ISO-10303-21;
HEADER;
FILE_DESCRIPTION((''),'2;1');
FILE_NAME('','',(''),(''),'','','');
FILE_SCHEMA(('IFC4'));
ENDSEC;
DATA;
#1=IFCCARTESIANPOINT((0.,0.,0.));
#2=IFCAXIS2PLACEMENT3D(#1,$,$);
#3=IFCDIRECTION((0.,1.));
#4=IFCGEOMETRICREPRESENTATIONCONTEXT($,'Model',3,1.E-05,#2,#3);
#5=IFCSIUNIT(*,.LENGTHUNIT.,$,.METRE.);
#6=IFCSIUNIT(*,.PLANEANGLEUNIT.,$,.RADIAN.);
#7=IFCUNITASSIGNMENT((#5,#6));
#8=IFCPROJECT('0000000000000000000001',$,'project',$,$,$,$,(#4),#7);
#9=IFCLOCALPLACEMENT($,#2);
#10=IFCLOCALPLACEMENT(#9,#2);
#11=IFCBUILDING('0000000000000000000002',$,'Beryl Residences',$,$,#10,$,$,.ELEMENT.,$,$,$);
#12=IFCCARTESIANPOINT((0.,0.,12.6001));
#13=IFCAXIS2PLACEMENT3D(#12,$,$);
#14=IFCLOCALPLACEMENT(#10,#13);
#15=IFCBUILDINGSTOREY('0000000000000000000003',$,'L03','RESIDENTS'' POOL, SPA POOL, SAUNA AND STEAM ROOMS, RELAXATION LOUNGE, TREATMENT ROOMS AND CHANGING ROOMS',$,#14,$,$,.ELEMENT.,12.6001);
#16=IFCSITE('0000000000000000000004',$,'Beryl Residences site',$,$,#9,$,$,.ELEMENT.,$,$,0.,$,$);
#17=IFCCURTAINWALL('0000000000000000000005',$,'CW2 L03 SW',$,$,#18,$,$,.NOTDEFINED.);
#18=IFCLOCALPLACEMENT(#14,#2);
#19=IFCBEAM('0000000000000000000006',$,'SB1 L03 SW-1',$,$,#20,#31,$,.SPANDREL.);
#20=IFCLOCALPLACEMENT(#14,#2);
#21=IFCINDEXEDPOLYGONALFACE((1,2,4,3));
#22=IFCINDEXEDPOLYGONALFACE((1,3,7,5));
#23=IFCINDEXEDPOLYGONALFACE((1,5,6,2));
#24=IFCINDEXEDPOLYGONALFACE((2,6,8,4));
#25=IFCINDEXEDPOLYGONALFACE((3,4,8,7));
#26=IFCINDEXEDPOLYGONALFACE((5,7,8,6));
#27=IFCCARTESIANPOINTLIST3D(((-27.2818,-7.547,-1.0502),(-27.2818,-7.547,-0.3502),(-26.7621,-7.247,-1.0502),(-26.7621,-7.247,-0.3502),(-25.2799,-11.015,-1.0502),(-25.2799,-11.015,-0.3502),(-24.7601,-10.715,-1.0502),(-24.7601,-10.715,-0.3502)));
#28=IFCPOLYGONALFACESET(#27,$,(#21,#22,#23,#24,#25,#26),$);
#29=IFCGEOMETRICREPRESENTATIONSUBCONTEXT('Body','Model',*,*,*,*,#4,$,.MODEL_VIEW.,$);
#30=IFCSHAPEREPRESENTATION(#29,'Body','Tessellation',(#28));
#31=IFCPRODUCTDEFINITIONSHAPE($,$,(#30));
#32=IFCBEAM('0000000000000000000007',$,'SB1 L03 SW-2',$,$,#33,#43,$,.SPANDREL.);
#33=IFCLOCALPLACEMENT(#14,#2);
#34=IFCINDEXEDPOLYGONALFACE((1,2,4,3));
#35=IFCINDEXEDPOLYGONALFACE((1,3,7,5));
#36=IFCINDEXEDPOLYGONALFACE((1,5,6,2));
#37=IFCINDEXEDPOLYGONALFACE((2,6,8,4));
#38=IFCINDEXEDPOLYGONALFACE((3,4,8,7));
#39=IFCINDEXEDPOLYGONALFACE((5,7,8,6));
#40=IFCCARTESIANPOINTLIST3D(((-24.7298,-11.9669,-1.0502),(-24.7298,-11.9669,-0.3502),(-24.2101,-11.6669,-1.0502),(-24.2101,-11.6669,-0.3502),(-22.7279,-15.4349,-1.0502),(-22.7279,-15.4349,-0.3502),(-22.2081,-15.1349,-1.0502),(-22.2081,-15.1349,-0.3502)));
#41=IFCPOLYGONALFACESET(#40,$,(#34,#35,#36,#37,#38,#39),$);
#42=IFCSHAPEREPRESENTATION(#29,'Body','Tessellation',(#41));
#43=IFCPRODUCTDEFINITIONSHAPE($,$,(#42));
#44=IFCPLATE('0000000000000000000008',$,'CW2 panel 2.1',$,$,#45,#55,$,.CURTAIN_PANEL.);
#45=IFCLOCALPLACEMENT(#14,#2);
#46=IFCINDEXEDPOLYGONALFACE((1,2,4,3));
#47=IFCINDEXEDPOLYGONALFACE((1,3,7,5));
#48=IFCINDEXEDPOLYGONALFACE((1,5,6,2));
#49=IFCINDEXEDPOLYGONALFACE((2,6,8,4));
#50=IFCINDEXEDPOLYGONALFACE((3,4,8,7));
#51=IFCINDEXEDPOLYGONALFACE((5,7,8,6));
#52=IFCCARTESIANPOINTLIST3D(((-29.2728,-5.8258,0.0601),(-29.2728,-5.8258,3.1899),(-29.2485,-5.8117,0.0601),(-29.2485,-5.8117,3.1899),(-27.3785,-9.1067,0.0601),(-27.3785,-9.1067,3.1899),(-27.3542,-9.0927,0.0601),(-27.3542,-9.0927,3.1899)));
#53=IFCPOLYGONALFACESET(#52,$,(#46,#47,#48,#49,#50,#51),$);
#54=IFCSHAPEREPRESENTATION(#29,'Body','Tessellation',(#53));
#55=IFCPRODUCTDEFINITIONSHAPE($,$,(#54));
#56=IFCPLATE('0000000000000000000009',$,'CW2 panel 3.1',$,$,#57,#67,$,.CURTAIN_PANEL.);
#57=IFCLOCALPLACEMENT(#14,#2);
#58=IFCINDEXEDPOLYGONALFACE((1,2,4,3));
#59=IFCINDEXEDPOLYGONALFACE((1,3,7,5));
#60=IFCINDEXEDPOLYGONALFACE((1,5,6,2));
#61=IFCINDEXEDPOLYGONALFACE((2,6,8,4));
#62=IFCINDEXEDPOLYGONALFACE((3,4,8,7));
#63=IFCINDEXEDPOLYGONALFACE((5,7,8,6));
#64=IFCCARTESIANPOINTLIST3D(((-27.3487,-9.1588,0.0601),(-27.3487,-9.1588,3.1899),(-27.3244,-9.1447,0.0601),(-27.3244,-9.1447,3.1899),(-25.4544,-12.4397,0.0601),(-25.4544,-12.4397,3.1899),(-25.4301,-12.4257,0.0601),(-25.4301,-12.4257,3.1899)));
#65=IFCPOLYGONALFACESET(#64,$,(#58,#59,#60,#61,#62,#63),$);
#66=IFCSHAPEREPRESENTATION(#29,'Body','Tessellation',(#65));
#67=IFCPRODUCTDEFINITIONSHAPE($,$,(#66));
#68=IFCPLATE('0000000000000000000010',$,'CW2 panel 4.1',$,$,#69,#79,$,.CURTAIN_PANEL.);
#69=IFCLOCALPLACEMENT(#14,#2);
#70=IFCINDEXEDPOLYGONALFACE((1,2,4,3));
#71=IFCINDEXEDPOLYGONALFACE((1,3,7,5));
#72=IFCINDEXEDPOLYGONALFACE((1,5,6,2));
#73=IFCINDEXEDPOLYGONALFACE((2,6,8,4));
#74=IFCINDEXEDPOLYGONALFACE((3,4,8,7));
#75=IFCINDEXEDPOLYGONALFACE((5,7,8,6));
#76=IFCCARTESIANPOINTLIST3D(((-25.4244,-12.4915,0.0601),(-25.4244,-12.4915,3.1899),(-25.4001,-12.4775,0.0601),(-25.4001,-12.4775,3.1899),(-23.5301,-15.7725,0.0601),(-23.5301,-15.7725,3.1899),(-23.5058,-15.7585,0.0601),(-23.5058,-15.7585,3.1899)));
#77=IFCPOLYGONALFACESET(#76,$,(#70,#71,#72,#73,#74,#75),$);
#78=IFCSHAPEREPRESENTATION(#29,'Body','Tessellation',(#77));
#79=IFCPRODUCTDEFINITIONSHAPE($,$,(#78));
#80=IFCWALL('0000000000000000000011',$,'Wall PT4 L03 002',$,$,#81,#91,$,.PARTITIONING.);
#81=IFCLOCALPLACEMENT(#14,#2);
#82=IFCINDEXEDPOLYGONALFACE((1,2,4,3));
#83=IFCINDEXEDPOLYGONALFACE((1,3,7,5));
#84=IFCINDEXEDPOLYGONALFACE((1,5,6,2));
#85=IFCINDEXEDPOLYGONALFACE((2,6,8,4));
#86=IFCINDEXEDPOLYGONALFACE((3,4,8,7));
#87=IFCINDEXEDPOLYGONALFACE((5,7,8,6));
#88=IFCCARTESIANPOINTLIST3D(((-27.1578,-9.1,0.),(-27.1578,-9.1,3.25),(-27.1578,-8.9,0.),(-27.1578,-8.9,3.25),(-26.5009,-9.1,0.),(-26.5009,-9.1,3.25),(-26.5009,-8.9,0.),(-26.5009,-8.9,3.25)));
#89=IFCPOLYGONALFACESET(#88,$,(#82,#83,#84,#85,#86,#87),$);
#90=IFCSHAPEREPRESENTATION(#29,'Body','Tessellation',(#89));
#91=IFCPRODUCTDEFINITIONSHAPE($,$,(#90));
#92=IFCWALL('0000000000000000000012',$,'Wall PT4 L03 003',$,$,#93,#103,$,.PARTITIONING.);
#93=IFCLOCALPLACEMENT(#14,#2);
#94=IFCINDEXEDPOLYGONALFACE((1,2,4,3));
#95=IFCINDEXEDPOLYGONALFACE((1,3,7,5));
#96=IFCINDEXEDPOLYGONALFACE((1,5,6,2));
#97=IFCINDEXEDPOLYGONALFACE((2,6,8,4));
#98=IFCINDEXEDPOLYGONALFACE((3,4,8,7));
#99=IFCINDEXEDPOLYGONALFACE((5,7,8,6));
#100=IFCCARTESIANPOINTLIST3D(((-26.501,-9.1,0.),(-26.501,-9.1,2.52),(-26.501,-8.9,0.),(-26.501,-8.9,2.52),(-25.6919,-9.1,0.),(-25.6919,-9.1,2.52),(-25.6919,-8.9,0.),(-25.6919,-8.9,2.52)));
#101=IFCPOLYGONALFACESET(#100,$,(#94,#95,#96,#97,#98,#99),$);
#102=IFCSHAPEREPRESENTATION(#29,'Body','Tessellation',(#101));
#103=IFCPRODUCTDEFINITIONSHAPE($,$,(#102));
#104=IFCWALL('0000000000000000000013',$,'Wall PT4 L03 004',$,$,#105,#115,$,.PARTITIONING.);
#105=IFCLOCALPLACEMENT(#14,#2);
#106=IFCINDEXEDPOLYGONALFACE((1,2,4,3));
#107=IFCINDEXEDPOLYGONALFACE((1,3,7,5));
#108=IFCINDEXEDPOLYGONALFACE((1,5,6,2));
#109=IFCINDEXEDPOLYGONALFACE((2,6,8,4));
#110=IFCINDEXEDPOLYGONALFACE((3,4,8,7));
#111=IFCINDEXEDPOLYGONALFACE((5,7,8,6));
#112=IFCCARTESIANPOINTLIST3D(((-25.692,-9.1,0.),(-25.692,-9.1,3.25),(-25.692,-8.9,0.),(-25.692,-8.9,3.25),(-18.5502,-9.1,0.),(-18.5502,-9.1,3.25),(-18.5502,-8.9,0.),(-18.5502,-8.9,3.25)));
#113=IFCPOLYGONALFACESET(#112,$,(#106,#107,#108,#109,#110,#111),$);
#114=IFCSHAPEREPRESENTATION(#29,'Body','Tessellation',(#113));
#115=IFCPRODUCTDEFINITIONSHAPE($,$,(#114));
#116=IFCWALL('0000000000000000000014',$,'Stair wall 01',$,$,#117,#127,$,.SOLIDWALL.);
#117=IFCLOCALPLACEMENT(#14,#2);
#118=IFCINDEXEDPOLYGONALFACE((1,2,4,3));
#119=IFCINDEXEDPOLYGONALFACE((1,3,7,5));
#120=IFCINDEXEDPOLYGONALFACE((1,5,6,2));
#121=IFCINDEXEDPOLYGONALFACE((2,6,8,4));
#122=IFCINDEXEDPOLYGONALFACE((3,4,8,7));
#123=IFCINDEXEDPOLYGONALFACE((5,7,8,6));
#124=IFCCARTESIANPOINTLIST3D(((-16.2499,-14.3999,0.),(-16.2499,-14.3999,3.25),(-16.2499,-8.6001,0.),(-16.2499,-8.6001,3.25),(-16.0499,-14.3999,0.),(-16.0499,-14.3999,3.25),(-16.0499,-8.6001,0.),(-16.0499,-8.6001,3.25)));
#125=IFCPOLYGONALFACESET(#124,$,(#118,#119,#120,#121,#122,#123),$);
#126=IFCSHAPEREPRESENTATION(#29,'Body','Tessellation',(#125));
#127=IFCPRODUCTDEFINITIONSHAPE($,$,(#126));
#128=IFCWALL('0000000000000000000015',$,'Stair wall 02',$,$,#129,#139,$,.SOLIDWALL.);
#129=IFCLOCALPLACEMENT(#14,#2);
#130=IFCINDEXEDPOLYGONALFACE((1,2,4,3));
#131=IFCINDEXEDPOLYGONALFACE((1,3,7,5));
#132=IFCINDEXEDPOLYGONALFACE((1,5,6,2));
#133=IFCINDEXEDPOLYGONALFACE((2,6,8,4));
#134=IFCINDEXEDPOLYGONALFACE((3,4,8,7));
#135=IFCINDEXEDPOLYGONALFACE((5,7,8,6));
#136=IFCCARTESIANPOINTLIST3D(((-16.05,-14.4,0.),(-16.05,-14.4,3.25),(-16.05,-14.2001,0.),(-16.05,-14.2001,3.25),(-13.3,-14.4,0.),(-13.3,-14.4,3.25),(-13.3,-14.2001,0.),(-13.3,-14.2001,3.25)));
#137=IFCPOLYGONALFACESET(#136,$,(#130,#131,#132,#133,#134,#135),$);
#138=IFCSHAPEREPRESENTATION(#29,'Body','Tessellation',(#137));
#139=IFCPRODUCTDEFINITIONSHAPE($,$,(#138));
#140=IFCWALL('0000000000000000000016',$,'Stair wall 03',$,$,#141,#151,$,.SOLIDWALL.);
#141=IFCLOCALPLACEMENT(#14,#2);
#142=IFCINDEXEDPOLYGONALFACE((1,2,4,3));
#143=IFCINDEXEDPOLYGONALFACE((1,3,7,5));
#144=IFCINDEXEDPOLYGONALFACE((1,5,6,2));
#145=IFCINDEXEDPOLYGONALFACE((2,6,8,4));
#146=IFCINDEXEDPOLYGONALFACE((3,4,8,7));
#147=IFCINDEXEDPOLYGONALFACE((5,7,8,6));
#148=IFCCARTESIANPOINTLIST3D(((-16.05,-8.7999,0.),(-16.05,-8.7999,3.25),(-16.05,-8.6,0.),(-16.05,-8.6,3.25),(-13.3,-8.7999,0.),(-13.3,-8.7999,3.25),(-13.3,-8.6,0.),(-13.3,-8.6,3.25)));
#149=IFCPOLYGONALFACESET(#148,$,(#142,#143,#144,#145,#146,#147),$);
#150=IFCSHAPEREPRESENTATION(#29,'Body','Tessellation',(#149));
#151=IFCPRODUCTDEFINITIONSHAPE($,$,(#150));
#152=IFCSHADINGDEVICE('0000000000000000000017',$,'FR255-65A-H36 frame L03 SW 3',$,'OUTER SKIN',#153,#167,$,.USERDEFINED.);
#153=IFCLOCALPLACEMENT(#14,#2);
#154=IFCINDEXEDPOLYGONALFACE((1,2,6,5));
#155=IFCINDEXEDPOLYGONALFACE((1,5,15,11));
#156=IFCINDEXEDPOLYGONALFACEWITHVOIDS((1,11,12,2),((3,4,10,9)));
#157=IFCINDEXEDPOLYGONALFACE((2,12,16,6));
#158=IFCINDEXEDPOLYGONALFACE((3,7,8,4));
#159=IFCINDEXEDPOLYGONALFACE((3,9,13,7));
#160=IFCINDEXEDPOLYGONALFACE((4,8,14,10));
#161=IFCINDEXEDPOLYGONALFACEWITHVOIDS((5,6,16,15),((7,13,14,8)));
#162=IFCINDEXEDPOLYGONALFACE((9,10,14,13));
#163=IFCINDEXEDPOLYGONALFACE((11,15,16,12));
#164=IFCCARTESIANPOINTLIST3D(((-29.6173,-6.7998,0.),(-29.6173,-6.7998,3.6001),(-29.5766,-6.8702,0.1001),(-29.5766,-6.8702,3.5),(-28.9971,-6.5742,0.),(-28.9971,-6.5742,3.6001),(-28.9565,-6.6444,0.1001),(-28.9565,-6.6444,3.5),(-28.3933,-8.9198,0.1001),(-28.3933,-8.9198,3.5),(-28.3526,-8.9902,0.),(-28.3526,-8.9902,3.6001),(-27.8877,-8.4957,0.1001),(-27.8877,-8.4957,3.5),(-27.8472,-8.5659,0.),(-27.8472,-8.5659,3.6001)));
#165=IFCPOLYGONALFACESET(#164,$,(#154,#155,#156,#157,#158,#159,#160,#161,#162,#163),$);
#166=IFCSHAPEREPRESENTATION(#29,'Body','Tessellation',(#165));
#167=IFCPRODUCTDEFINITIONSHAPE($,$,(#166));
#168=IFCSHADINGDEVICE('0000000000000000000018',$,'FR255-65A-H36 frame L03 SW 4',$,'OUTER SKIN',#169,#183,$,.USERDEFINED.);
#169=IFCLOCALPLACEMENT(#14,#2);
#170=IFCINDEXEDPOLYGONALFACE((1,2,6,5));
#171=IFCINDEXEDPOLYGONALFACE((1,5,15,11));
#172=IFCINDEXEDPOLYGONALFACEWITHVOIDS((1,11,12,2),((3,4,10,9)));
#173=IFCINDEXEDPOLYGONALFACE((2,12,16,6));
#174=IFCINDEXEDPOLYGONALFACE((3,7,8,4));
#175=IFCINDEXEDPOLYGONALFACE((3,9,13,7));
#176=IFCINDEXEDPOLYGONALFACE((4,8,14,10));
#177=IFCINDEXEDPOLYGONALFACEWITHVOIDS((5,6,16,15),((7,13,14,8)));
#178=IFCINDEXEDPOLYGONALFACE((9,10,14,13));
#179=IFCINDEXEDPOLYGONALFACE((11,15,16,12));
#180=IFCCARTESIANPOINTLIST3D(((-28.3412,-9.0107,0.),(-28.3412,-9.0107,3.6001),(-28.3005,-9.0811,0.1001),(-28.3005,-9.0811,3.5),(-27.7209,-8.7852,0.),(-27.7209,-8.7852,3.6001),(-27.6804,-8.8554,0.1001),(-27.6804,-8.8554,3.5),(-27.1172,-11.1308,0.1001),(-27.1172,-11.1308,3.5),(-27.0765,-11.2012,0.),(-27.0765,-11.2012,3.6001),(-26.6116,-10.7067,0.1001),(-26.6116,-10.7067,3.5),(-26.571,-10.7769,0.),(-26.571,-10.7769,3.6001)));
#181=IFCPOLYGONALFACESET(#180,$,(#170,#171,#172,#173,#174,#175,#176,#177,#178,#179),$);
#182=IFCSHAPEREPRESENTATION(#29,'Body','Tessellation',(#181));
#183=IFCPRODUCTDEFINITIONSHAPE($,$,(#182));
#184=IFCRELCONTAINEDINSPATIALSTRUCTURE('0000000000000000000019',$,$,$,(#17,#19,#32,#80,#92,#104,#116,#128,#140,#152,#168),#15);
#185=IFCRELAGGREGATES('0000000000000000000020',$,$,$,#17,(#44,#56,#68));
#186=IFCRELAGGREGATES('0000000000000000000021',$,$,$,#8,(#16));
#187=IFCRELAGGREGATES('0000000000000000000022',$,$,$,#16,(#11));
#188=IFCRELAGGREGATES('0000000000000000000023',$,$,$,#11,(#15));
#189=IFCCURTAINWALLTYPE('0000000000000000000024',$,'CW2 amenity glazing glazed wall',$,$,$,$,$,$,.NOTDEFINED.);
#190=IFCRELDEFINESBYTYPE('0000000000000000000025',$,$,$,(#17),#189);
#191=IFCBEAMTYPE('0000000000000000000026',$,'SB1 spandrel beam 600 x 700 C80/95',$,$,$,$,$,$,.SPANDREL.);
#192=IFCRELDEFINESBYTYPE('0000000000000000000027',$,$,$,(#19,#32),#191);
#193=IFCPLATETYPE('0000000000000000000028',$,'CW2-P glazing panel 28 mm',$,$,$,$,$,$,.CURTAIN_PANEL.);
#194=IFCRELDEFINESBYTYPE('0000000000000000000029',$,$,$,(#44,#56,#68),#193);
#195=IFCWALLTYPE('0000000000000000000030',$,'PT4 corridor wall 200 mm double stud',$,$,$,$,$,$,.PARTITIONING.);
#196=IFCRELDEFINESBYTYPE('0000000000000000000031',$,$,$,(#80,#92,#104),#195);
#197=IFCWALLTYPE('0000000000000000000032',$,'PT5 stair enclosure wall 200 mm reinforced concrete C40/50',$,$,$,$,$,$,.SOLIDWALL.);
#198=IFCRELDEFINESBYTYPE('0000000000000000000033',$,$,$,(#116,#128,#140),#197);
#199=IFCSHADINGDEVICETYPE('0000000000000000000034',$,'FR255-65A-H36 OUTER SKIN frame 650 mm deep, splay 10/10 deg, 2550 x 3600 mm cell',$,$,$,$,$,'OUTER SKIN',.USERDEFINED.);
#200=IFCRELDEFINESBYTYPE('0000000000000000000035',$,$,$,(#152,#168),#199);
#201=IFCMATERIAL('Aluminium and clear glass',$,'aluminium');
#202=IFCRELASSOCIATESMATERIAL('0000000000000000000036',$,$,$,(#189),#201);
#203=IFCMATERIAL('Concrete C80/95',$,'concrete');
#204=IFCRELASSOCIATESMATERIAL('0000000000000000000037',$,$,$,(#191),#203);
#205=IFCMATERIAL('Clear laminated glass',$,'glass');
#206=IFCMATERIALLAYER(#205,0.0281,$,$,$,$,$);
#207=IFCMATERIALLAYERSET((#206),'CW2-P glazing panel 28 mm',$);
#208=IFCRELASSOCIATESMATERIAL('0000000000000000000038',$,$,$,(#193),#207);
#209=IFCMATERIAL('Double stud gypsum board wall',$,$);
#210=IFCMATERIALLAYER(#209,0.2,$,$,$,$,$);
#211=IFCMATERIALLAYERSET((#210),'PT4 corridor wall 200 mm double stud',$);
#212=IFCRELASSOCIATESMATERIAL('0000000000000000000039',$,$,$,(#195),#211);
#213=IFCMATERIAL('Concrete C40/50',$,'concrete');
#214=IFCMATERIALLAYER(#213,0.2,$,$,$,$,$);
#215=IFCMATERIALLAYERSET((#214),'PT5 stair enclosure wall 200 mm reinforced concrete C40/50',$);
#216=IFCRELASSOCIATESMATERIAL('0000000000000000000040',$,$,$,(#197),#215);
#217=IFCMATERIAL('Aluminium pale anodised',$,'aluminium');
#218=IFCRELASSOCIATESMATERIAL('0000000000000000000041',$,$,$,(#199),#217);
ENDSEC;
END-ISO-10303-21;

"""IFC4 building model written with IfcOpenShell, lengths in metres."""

from ifc_helpers import new_model, entity, si_unit, direction, frame, frame_2d, origin, origin_2d, place, context, subcontext, project, spatial, rectangle, extrude, source, transform, mapped, material, layer, layer_set, material_profile, profile_set, type_object, type_shapes, element, aggregate, save


model = new_model("IFC4")

# Units and contexts
model_context = context("Model", 3, precision=1e-05, world=origin(), true_north=direction((0.0, 1.0)))
body_context = subcontext(model_context, "Body", "Model", "MODEL_VIEW")
ifc_project = project(units=[si_unit("LENGTHUNIT", "METRE"), si_unit("PLANEANGLEUNIT", "RADIAN")], contexts=[model_context])

# Site, building, storey
site_placement = place(None, origin())
site = spatial("IfcSite", under=ifc_project, at=site_placement, Name="Beryl Residences site", CompositionType="ELEMENT", RefElevation=0.0)
building_placement = place(site_placement, origin())
building = spatial("IfcBuilding", under=site, at=building_placement, Name="Beryl Residences", CompositionType="ELEMENT")
storey_placement = place(building_placement, frame((0.0, 0.0, 12.6001)))
storey = spatial("IfcBuildingStorey", under=building, at=storey_placement, Name="L03", Description="RESIDENTS' POOL, SPA POOL, SAUNA AND STEAM ROOMS, RELAXATION LOUNGE, TREATMENT ROOMS AND CHANGING ROOMS", CompositionType="ELEMENT", Elevation=12.6001)

# Curtain wall
ifc_material_1 = material(Name="Aluminium and clear glass", Category="aluminium")
curtain_wall_type = type_object("IfcCurtainWallType", Name="CW2 amenity glazing glazed wall", PredefinedType="NOTDEFINED", material=ifc_material_1)
curtain_wall_placement = place(storey_placement, origin())
curtain_wall = element("IfcCurtainWall", 1, at=curtain_wall_placement, inside=storey, type_object=curtain_wall_type, Name="CW2 L03 SW", PredefinedType="NOTDEFINED")

# Beams
ifc_material_2 = material(Name="Concrete C80/95", Category="concrete")
ifc_material_profile_1 = material_profile(ifc_material_2, rectangle(XDim=0.6001, YDim=0.7, at=origin_2d()))
ifc_profile_set_1 = profile_set([ifc_material_profile_1], Name="Concrete C80/95")
beam_type = type_object("IfcBeamType", Name="SB1 spandrel beam 600 x 700 C80/95", PredefinedType="SPANDREL", material=ifc_profile_set_1)
for number, where, z_axis, x_axis, name in (
    (2, (-27.022, -7.397, -0.7002), (0.499942, -0.866059, 0.0), (0.866059, 0.499942, 0.0), "SB1 L03 SW-1"),
    (3, (-24.47, -11.8169, -0.7002), (0.499942, -0.866059, 0.0), (0.866059, 0.499942, 0.0), "SB1 L03 SW-2"),
):
    element("IfcBeam", number, at=place(storey_placement, frame(where, z_axis=z_axis, x_axis=x_axis)), inside=storey, type_object=beam_type, Name=name, PredefinedType="SPANDREL", context=body_context, shape_type="SweptSolid", body=[
        extrude(rectangle(XDim=0.6001, YDim=0.7, at=origin_2d()), origin(), (0.0, 0.0, 1.0), 4.0044),
    ])

# Plates
ifc_material_3 = material(Name="Clear laminated glass", Category="glass")
ifc_layer_1 = layer(ifc_material_3, 0.0281)
ifc_layer_set_1 = layer_set([ifc_layer_1], Name="CW2-P glazing panel 28 mm")
plate_type = type_object("IfcPlateType", Name="CW2-P glazing panel 28 mm", PredefinedType="CURTAIN_PANEL", material=ifc_layer_set_1)
plate_1_placement = place(storey_placement, frame((-28.3135, -7.4592, 0.0601), z_axis=(0.0, 0.0, 1.0), x_axis=(0.500012, -0.866019, 0.0)))
plate_1 = element("IfcPlate", 4, at=plate_1_placement, type_object=plate_type, Name="CW2 panel 2.1", PredefinedType="CURTAIN_PANEL", context=body_context, shape_type="SweptSolid", body=[
    extrude(rectangle(XDim=3.7886, YDim=0.0281, at=origin_2d()), origin(), (0.0, 0.0, 1.0), 3.1299),
])
plate_2_placement = place(storey_placement, frame((-26.3894, -10.7922, 0.0601), z_axis=(0.0, 0.0, 1.0), x_axis=(0.500012, -0.866019, 0.0)))
plate_2 = element("IfcPlate", 5, at=plate_2_placement, type_object=plate_type, Name="CW2 panel 3.1", PredefinedType="CURTAIN_PANEL", context=body_context, shape_type="SweptSolid", body=[
    extrude(rectangle(XDim=3.7886, YDim=0.0281, at=origin_2d()), origin(), (0.0, 0.0, 1.0), 3.1299),
])
plate_3_placement = place(storey_placement, frame((-24.4651, -14.125, 0.0601), z_axis=(0.0, 0.0, 1.0), x_axis=(0.500012, -0.866019, 0.0)))
plate_3 = element("IfcPlate", 6, at=plate_3_placement, type_object=plate_type, Name="CW2 panel 4.1", PredefinedType="CURTAIN_PANEL", context=body_context, shape_type="SweptSolid", body=[
    extrude(rectangle(XDim=3.7886, YDim=0.0281, at=origin_2d()), origin(), (0.0, 0.0, 1.0), 3.1299),
])
aggregate(curtain_wall, [plate_1, plate_2, plate_3])

# Walls
ifc_material_4 = material(Name="Double stud gypsum board wall")
ifc_layer_2 = layer(ifc_material_4, 0.2)
ifc_layer_set_2 = layer_set([ifc_layer_2], Name="PT4 corridor wall 200 mm double stud")
wall_type_1 = type_object("IfcWallType", Name="PT4 corridor wall 200 mm double stud", PredefinedType="PARTITIONING", material=ifc_layer_set_2)
wall_1_placement = place(storey_placement, frame((-27.158, -9.0, 0.0), z_axis=(0.0, 0.0, 1.0), x_axis=(1.0, 0.0, 0.0)))
element("IfcWall", 7, at=wall_1_placement, inside=storey, type_object=wall_type_1, Name="Wall PT4 L03 002", PredefinedType="PARTITIONING", context=body_context, shape_type="SweptSolid", body=[
    extrude(rectangle(XDim=0.657, YDim=0.2, at=frame_2d((0.3286, 0.0))), origin(), (0.0, 0.0, 1.0), 3.25),
])
wall_2_placement = place(storey_placement, frame((-26.501, -9.0, 0.0), z_axis=(0.0, 0.0, 1.0), x_axis=(1.0, 0.0, 0.0)))
element("IfcWall", 8, at=wall_2_placement, inside=storey, type_object=wall_type_1, Name="Wall PT4 L03 003", PredefinedType="PARTITIONING", context=body_context, shape_type="SweptSolid", body=[
    extrude(rectangle(XDim=0.8091, YDim=0.2, at=frame_2d((0.4045, 0.0))), origin(), (0.0, 0.0, 1.0), 2.52),
])
wall_3_placement = place(storey_placement, frame((-25.6919, -9.0, 0.0), z_axis=(0.0, 0.0, 1.0), x_axis=(1.0, 0.0, 0.0)))
element("IfcWall", 9, at=wall_3_placement, inside=storey, type_object=wall_type_1, Name="Wall PT4 L03 004", PredefinedType="PARTITIONING", context=body_context, shape_type="SweptSolid", body=[
    extrude(rectangle(XDim=7.1418, YDim=0.2, at=frame_2d((3.5708, 0.0))), origin(), (0.0, 0.0, 1.0), 3.25),
])
ifc_material_5 = material(Name="Concrete C40/50", Category="concrete")
ifc_layer_3 = layer(ifc_material_5, 0.2)
ifc_layer_set_3 = layer_set([ifc_layer_3], Name="PT5 stair enclosure wall 200 mm reinforced concrete C40/50")
wall_type_2 = type_object("IfcWallType", Name="PT5 stair enclosure wall 200 mm reinforced concrete C40/50", PredefinedType="SOLIDWALL", material=ifc_layer_set_3)
wall_4_placement = place(storey_placement, frame((-16.1499, -14.3999, 0.0), z_axis=(0.0, 0.0, 1.0), x_axis=(0.0, 1.0, 0.0)))
element("IfcWall", 10, at=wall_4_placement, inside=storey, type_object=wall_type_2, Name="Stair wall 01", PredefinedType="SOLIDWALL", context=body_context, shape_type="SweptSolid", body=[
    extrude(rectangle(XDim=5.7998, YDim=0.2, at=frame_2d((2.8999, 0.0))), origin(), (0.0, 0.0, 1.0), 3.25),
])
for number, where, z_axis, x_axis, name in (
    (11, (-16.05, -14.3, 0.0), (0.0, 0.0, 1.0), (1.0, 0.0, 0.0), "Stair wall 02"),
    (12, (-16.05, -8.7, 0.0), (0.0, 0.0, 1.0), (1.0, 0.0, 0.0), "Stair wall 03"),
):
    element("IfcWall", number, at=place(storey_placement, frame(where, z_axis=z_axis, x_axis=x_axis)), inside=storey, type_object=wall_type_2, Name=name, PredefinedType="SOLIDWALL", context=body_context, shape_type="SweptSolid", body=[
        extrude(rectangle(XDim=2.75, YDim=0.2, at=frame_2d((1.375, 0.0))), origin(), (0.0, 0.0, 1.0), 3.25),
    ])

# Shading devices
ifc_material_6 = material(Name="Aluminium pale anodised", Category="aluminium")
shading_device_type = type_object("IfcShadingDeviceType", Name="FR255-65A-H36 OUTER SKIN frame 650 mm deep, splay 10/10 deg, 2550 x 3600 mm cell", ElementType="OUTER SKIN", PredefinedType="USERDEFINED", material=ifc_material_6)
cartesian_point_1 = entity("IfcCartesianPoint", [-1.1499, 0.0])
cartesian_point_2 = entity("IfcCartesianPoint", [-1.0688, 0.1001])
cartesian_point_3 = entity("IfcCartesianPoint", [-1.2646, 0.0])
cartesian_point_4 = entity("IfcCartesianPoint", [-1.1833, 0.1001])
shared_shape = source(origin(), body_context, "Body", "SweptSolid", [
    entity("IfcExtrudedAreaSolidTapered", entity("IfcArbitraryProfileDefWithVoids", "AREA", None, entity("IfcPolyline", [cartesian_point_1, entity("IfcCartesianPoint", [1.1499, 0.0]), entity("IfcCartesianPoint", [1.1499, 3.6001]), entity("IfcCartesianPoint", [-1.1499, 3.6001]), cartesian_point_1]), [entity("IfcPolyline", [cartesian_point_2, entity("IfcCartesianPoint", [1.0688, 0.1001]), entity("IfcCartesianPoint", [1.0688, 3.5]), entity("IfcCartesianPoint", [-1.0688, 3.5]), cartesian_point_2])]), entity("IfcAxis2Placement3D", entity("IfcCartesianPoint", [0.0, 0.0, 0.0]), entity("IfcDirection", [0.0, 1.0, 0.0]), entity("IfcDirection", [-1.0, 0.0, 0.0])), entity("IfcDirection", [0.0, 0.0, 1.0]), 0.6499, entity("IfcArbitraryProfileDefWithVoids", "AREA", None, entity("IfcPolyline", [cartesian_point_3, entity("IfcCartesianPoint", [1.2646, 0.0]), entity("IfcCartesianPoint", [1.2646, 3.6001]), entity("IfcCartesianPoint", [-1.2646, 3.6001]), cartesian_point_3]), [entity("IfcPolyline", [cartesian_point_4, entity("IfcCartesianPoint", [1.1833, 0.1001]), entity("IfcCartesianPoint", [1.1833, 3.5]), entity("IfcCartesianPoint", [-1.1833, 3.5]), cartesian_point_4])])),
])
type_shapes(shading_device_type, [shared_shape])
for number, where, z_axis, x_axis, name in (
    (13, (-28.4221, -7.5701, 0.0), (0.0, 0.0, 1.0), (-0.5, 0.866025, 0.0), "FR255-65A-H36 frame L03 SW 3"),
    (14, (-27.146, -9.781, 0.0), (0.0, 0.0, 1.0), (-0.5, 0.866025, 0.0), "FR255-65A-H36 frame L03 SW 4"),
):
    element("IfcShadingDevice", number, at=place(storey_placement, frame(where, z_axis=z_axis, x_axis=x_axis)), inside=storey, type_object=shading_device_type, Name=name, ObjectType="OUTER SKIN", PredefinedType="USERDEFINED", context=body_context, shape_type="MappedRepresentation", body=[
        mapped(shared_shape, transform((0.0, 0.0, 0.0))),
    ])

save(model, "model.ifc")
